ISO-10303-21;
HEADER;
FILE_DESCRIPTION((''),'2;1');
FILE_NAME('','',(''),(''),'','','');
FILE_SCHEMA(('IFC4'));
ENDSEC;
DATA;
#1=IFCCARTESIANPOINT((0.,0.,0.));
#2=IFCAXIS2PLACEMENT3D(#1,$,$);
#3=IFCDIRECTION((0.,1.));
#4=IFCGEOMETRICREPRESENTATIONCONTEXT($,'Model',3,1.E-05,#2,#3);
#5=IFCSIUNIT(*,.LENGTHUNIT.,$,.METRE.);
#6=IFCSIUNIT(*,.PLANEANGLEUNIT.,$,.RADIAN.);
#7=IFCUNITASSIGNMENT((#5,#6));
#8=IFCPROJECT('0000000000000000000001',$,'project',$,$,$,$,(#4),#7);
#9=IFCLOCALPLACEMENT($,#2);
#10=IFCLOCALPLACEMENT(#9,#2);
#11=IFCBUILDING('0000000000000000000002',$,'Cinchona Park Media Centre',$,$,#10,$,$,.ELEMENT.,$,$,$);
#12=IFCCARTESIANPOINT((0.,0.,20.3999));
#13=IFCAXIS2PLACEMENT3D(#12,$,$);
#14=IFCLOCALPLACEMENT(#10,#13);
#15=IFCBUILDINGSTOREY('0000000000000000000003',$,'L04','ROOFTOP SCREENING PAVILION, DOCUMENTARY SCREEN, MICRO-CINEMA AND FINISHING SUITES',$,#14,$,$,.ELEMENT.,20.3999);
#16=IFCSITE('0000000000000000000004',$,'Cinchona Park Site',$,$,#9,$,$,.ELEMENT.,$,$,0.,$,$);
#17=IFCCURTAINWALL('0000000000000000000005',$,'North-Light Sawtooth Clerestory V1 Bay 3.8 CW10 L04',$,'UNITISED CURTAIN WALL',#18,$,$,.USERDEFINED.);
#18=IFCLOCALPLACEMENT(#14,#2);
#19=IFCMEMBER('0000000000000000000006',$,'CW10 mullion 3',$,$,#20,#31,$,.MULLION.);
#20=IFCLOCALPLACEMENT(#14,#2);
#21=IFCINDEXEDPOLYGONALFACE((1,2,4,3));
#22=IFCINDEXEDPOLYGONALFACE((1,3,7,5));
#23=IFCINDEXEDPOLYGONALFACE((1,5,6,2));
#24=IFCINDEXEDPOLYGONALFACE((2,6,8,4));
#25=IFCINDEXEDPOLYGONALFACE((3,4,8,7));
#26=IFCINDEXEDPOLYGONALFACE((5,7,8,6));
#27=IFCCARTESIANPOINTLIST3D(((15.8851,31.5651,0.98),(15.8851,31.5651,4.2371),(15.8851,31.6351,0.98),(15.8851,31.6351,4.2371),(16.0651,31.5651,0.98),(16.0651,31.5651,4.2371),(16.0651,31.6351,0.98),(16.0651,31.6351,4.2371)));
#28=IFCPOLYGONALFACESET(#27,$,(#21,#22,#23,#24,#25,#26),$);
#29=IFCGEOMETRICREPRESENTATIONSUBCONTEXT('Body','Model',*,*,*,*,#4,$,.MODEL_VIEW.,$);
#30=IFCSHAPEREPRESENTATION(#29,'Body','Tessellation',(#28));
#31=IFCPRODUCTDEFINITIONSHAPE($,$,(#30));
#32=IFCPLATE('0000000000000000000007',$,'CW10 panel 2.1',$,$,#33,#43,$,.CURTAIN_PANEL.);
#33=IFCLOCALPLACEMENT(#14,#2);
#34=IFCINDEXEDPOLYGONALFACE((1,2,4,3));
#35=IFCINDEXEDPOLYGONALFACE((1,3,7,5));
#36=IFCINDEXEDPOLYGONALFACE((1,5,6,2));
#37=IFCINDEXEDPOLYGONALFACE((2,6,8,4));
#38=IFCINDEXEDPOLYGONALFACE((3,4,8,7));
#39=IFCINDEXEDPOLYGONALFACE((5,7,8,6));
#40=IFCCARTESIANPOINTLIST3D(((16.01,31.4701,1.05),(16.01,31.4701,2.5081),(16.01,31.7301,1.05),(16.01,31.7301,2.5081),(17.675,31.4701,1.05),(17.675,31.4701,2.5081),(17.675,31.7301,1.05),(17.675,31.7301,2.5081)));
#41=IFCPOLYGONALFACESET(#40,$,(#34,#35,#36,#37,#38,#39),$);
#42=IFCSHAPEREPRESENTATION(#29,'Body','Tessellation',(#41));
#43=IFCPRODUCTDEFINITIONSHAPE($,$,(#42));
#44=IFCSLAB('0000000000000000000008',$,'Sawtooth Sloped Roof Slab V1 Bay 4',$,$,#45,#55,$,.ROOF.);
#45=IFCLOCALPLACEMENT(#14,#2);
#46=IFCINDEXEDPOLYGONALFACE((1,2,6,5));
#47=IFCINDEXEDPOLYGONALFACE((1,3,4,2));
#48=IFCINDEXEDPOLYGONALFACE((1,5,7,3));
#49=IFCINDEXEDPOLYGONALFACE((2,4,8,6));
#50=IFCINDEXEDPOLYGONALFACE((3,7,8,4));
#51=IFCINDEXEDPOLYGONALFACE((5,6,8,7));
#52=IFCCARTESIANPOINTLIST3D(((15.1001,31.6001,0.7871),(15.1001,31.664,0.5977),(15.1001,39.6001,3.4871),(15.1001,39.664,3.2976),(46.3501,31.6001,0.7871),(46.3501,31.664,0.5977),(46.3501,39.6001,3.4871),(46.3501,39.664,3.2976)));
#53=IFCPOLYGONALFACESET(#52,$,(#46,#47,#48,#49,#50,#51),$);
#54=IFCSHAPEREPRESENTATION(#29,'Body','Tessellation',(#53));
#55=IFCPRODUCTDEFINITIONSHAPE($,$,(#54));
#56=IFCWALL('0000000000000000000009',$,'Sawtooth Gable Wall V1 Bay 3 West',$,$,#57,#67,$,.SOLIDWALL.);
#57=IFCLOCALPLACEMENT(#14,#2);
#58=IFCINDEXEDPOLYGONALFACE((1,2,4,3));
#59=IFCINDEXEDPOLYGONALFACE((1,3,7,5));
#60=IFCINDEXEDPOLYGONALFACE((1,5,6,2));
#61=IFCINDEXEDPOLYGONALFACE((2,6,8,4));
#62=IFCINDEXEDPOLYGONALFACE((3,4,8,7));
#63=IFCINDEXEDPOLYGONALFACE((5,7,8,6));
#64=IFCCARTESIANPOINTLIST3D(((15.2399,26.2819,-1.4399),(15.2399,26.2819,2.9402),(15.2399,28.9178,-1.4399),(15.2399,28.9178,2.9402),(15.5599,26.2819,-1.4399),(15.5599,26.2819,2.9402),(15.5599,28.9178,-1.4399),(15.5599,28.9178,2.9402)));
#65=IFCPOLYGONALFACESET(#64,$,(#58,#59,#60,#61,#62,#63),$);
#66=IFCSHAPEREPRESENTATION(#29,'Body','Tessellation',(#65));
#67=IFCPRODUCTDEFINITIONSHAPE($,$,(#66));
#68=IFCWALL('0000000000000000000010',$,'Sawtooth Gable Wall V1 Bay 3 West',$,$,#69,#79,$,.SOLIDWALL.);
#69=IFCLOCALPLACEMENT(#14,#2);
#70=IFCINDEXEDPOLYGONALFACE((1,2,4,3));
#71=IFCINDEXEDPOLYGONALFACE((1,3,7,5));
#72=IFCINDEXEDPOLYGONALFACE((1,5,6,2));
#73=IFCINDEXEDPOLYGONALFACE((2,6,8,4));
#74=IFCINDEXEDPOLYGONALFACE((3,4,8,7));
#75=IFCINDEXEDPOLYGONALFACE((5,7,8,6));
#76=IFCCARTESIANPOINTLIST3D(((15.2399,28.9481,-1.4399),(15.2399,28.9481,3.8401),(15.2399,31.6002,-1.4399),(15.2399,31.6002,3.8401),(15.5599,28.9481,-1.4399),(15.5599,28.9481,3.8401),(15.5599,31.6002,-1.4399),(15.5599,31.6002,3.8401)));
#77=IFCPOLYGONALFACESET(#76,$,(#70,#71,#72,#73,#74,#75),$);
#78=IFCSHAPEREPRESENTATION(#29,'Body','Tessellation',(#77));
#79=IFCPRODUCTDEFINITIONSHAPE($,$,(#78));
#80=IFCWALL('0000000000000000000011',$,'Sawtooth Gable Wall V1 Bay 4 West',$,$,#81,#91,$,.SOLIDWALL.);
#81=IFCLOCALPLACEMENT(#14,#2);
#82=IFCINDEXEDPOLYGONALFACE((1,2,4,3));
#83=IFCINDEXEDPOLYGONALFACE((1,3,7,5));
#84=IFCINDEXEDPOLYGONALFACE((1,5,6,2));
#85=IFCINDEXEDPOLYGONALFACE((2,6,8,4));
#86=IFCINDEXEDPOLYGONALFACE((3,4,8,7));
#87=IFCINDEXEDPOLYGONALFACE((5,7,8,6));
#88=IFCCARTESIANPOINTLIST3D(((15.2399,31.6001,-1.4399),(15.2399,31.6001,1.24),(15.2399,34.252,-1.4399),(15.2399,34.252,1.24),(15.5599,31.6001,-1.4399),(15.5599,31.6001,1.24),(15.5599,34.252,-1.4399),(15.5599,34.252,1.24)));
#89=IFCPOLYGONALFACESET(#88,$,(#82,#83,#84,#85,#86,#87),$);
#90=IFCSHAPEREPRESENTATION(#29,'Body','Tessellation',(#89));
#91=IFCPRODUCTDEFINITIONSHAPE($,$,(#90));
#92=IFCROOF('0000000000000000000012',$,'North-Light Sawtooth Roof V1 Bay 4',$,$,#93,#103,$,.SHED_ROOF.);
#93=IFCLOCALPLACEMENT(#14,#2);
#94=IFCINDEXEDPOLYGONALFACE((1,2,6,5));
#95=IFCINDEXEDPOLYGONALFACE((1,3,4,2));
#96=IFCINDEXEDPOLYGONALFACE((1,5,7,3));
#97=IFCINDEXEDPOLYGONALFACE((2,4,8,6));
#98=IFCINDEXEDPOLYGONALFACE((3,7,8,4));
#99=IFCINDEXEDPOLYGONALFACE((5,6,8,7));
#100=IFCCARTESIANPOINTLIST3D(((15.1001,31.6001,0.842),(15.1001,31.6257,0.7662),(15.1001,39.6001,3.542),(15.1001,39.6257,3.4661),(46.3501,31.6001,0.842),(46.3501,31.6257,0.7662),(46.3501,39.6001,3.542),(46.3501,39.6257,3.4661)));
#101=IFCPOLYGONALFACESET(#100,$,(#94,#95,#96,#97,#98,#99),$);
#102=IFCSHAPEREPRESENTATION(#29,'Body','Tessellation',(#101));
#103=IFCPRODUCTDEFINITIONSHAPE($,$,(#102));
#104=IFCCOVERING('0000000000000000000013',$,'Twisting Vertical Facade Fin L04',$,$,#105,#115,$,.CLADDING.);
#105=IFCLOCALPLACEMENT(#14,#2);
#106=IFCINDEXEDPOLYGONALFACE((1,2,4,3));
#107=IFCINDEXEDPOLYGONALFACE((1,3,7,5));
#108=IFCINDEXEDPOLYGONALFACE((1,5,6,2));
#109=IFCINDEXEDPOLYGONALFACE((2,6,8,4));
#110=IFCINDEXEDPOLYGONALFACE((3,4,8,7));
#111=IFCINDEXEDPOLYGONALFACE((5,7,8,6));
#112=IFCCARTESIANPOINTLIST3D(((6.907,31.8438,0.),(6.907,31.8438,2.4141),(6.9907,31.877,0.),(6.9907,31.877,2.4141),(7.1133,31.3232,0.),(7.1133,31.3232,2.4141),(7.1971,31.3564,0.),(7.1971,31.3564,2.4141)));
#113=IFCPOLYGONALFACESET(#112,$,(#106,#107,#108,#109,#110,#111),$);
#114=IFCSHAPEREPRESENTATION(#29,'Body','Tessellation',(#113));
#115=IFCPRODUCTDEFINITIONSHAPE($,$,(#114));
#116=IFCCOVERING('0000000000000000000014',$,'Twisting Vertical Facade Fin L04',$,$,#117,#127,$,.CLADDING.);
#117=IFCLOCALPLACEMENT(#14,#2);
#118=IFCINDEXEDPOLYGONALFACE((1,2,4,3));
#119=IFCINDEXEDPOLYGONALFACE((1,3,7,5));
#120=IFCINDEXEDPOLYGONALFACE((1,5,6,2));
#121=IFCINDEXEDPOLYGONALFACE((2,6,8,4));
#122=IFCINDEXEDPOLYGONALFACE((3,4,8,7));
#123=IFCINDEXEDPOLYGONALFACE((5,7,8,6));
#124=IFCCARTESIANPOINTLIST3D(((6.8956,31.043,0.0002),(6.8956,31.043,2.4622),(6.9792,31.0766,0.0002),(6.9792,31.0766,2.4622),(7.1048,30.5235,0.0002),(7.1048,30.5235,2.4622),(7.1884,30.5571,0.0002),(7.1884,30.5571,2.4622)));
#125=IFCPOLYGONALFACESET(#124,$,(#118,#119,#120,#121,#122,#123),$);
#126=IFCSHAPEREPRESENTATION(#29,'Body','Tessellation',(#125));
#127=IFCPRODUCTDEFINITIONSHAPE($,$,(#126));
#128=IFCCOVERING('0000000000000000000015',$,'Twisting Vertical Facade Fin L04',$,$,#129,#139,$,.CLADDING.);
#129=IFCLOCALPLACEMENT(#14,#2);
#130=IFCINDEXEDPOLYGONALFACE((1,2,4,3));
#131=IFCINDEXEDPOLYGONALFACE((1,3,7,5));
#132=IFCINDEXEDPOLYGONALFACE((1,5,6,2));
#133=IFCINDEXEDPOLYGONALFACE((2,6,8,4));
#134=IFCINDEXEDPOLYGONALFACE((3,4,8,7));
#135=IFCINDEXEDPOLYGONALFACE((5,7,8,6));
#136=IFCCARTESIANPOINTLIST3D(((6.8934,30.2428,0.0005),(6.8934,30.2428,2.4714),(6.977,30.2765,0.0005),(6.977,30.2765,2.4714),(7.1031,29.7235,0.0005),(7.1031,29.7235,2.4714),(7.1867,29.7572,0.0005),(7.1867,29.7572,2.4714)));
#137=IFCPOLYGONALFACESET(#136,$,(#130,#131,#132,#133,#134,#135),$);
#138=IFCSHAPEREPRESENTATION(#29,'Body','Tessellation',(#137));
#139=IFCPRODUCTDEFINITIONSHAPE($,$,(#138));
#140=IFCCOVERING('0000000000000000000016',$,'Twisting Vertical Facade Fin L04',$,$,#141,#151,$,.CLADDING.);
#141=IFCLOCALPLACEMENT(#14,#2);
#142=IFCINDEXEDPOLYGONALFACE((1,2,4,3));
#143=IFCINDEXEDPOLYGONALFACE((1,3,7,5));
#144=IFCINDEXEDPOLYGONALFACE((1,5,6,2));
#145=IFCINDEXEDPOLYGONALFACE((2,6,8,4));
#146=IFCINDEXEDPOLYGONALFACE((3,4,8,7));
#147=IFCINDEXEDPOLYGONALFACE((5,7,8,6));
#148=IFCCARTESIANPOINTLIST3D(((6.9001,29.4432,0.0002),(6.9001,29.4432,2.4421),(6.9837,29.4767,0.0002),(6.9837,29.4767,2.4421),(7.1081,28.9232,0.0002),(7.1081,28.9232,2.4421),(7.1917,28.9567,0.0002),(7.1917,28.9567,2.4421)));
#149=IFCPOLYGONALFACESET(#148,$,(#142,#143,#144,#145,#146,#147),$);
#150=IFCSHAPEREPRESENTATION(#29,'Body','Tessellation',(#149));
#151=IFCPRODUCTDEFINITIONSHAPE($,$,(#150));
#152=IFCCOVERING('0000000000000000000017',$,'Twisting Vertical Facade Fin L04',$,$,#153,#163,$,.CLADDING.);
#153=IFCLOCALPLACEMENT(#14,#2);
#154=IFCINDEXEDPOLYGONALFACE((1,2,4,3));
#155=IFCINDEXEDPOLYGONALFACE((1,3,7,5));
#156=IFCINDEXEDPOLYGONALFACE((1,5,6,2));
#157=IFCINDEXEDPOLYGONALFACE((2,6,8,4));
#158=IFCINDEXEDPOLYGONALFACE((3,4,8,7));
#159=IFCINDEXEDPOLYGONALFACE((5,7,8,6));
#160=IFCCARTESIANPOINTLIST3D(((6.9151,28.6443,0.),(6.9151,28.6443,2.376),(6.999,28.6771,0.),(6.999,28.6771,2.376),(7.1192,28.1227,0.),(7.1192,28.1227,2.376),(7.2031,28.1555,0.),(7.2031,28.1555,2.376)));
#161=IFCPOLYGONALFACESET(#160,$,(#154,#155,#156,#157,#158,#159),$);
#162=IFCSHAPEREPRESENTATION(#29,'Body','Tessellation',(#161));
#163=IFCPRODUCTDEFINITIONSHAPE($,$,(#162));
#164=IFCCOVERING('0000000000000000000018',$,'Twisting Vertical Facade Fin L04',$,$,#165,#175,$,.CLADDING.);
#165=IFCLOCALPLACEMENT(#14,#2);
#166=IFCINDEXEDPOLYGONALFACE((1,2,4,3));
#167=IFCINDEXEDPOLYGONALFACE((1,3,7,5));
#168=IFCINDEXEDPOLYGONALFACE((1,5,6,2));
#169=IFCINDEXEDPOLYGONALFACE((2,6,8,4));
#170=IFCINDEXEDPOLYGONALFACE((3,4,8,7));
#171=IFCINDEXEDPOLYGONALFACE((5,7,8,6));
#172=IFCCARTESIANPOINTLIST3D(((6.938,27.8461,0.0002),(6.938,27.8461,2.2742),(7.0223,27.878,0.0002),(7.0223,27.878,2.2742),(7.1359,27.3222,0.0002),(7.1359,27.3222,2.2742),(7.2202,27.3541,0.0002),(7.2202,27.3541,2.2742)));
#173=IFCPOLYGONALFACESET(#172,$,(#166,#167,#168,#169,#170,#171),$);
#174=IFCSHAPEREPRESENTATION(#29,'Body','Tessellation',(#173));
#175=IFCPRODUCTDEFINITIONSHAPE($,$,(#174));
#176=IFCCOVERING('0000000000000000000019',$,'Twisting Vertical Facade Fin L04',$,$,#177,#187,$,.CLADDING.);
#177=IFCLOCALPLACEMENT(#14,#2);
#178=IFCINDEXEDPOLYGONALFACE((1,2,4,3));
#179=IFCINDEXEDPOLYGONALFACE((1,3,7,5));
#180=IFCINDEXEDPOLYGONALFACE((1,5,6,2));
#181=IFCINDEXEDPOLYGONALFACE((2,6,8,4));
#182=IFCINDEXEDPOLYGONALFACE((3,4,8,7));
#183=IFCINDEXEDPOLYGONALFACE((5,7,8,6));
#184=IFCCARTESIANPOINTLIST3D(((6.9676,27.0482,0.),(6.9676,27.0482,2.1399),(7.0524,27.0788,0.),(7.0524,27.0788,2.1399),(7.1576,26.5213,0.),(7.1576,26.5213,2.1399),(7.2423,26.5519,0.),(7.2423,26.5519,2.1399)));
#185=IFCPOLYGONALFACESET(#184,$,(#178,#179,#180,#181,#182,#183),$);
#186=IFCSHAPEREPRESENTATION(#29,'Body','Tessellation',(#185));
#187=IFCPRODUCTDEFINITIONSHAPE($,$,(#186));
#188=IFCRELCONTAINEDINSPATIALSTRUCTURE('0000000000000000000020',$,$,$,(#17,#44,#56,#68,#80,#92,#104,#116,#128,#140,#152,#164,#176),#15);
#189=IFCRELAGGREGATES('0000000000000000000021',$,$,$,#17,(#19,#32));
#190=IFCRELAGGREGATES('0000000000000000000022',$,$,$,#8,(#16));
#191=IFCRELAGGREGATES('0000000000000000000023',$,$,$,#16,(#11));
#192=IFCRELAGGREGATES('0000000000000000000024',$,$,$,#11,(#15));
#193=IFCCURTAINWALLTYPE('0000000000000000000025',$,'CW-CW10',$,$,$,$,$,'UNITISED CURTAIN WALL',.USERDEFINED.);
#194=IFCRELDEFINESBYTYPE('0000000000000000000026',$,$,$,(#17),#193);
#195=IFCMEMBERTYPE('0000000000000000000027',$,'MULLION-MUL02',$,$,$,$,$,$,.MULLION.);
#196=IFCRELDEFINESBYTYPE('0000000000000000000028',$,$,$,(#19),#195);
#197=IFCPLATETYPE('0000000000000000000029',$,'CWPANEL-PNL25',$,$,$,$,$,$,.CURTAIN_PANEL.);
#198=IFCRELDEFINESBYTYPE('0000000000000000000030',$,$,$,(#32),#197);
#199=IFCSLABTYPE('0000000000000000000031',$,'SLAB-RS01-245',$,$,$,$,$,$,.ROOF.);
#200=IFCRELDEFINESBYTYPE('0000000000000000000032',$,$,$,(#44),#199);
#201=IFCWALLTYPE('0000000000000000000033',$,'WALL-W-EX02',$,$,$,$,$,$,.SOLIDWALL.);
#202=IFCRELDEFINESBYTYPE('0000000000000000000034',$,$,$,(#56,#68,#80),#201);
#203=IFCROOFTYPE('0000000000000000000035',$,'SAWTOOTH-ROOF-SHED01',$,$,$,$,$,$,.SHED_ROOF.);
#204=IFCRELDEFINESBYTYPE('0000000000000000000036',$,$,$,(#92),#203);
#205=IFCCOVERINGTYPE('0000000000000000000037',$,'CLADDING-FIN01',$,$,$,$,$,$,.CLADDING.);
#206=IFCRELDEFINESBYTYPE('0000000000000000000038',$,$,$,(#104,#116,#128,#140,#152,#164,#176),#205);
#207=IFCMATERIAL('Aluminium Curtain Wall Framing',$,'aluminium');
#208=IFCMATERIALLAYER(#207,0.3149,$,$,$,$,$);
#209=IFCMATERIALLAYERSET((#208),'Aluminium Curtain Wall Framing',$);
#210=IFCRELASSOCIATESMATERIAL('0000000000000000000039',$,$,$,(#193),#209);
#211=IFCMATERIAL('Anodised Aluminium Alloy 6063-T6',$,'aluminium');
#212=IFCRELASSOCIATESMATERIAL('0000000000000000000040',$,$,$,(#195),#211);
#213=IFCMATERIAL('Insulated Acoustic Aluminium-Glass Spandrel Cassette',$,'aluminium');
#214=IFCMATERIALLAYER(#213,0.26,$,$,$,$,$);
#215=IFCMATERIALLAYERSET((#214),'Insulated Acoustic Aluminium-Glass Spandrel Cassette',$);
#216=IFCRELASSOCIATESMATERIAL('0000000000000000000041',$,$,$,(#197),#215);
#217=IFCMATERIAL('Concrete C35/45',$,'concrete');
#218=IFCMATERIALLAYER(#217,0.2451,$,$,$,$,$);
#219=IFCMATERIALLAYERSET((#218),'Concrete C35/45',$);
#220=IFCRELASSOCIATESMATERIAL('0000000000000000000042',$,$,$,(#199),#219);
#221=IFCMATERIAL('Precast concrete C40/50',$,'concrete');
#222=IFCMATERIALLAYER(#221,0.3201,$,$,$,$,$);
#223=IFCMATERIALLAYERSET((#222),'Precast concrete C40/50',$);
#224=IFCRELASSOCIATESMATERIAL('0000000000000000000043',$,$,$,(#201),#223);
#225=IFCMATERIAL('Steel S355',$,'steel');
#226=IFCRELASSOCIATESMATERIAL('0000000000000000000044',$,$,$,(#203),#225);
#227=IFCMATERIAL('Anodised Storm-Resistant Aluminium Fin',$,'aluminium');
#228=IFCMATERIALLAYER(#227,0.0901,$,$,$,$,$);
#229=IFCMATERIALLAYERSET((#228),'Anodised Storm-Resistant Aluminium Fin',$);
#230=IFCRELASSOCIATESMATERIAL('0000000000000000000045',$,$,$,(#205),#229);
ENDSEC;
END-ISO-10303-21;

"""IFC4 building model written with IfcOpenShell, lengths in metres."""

from ifc_helpers import new_model, si_unit, direction, frame, frame_2d, origin, origin_2d, place, context, subcontext, project, spatial, polyline, rectangle, outline, extrude, material, layer, layer_set, material_profile, profile_set, type_object, element, aggregate, save


model = new_model("IFC4")

# Units and contexts
model_context = context("Model", 3, precision=1e-05, world=origin(), true_north=direction((0.0, 1.0)))
body_context = subcontext(model_context, "Body", "Model", "MODEL_VIEW")
ifc_project = project(units=[si_unit("LENGTHUNIT", "METRE"), si_unit("PLANEANGLEUNIT", "RADIAN")], contexts=[model_context])

# Site, building, storey
site_placement = place(None, origin())
site = spatial("IfcSite", under=ifc_project, at=site_placement, Name="Cinchona Park Site", CompositionType="ELEMENT", RefElevation=0.0)
building_placement = place(site_placement, origin())
building = spatial("IfcBuilding", under=site, at=building_placement, Name="Cinchona Park Media Centre", CompositionType="ELEMENT")
storey_placement = place(building_placement, frame((0.0, 0.0, 20.3999)))
storey = spatial("IfcBuildingStorey", under=building, at=storey_placement, Name="L04", Description="ROOFTOP SCREENING PAVILION, DOCUMENTARY SCREEN, MICRO-CINEMA AND FINISHING SUITES", CompositionType="ELEMENT", Elevation=20.3999)

# Curtain wall, member, plate
ifc_material_1 = material(Name="Aluminium Curtain Wall Framing", Category="aluminium")
ifc_layer_1 = layer(ifc_material_1, 0.3149)
ifc_layer_set_1 = layer_set([ifc_layer_1], Name="Aluminium Curtain Wall Framing")
curtain_wall_type = type_object("IfcCurtainWallType", Name="CW-CW10", ElementType="UNITISED CURTAIN WALL", PredefinedType="USERDEFINED", material=ifc_layer_set_1)
curtain_wall_placement = place(storey_placement, origin())
curtain_wall = element("IfcCurtainWall", 1, at=curtain_wall_placement, inside=storey, type_object=curtain_wall_type, Name="North-Light Sawtooth Clerestory V1 Bay 3.8 CW10 L04", ObjectType="UNITISED CURTAIN WALL", PredefinedType="USERDEFINED")
ifc_material_2 = material(Name="Anodised Aluminium Alloy 6063-T6", Category="aluminium")
ifc_material_profile = material_profile(ifc_material_2, rectangle(XDim=0.0701, YDim=0.1799, at=origin_2d()), Name="MUL-70X180")
ifc_profile_set = profile_set([ifc_material_profile], Name="Anodised Aluminium Alloy 6063-T6")
member_type = type_object("IfcMemberType", Name="MULLION-MUL02", PredefinedType="MULLION", material=ifc_profile_set)
member_placement = place(storey_placement, frame((15.9751, 31.6001, 0.98), z_axis=(0.0, 0.0, 1.0), x_axis=(0.0, -1.0, 0.0)))
member = element("IfcMember", 2, at=member_placement, type_object=member_type, Name="CW10 mullion 3", PredefinedType="MULLION", context=body_context, shape_type="SweptSolid", body=[
    extrude(rectangle(XDim=0.0701, YDim=0.1799, at=origin_2d()), origin(), (0.0, 0.0, 1.0), 3.2571),
])
ifc_material_3 = material(Name="Insulated Acoustic Aluminium-Glass Spandrel Cassette", Category="aluminium")
ifc_layer_2 = layer(ifc_material_3, 0.26)
ifc_layer_set_2 = layer_set([ifc_layer_2], Name="Insulated Acoustic Aluminium-Glass Spandrel Cassette")
plate_type = type_object("IfcPlateType", Name="CWPANEL-PNL25", PredefinedType="CURTAIN_PANEL", material=ifc_layer_set_2)
plate_placement = place(storey_placement, frame((16.8425, 31.6001, 1.05), z_axis=(0.0, 0.0, 1.0), x_axis=(-1.0, 0.0, 0.0)))
plate = element("IfcPlate", 3, at=plate_placement, type_object=plate_type, Name="CW10 panel 2.1", PredefinedType="CURTAIN_PANEL", context=body_context, shape_type="SweptSolid", body=[
    extrude(rectangle(XDim=1.665, YDim=0.26, at=origin_2d()), origin(), (0.0, 0.0, 1.0), 1.458),
])
aggregate(curtain_wall, [member, plate])

# Slab
ifc_material_4 = material(Name="Concrete C35/45", Category="concrete")
ifc_layer_3 = layer(ifc_material_4, 0.2451)
ifc_layer_set_3 = layer_set([ifc_layer_3], Name="Concrete C35/45")
slab_type = type_object("IfcSlabType", Name="SLAB-RS01-245", PredefinedType="ROOF", material=ifc_layer_set_3)
slab_placement = place(storey_placement, frame((15.1001, 31.6001, 0.7871), z_axis=(0.0, -0.319773, 0.947494), x_axis=(1.0, 0.0, 0.0)))
element("IfcSlab", 4, at=slab_placement, inside=storey, type_object=slab_type, Name="Sawtooth Sloped Roof Slab V1 Bay 4", PredefinedType="ROOF", context=body_context, shape_type="SweptSolid", body=[
    extrude(outline(polyline([(0.0, 0.0), (31.25, 0.0), (31.25, 8.4433), (0.0, 8.4433), (0.0, 0.0)])), origin(), (0.0, 0.0, -1.0), 0.2),
])

# Walls
ifc_material_5 = material(Name="Precast concrete C40/50", Category="concrete")
ifc_layer_4 = layer(ifc_material_5, 0.3201)
ifc_layer_set_4 = layer_set([ifc_layer_4], Name="Precast concrete C40/50")
wall_type = type_object("IfcWallType", Name="WALL-W-EX02", PredefinedType="SOLIDWALL", material=ifc_layer_set_4)
wall_1_placement = place(storey_placement, frame((15.3999, 26.282, -1.4399), z_axis=(0.0, 0.0, 1.0), x_axis=(0.0, 1.0, 0.0)))
element("IfcWall", 5, at=wall_1_placement, inside=storey, type_object=wall_type, Name="Sawtooth Gable Wall V1 Bay 3 West", PredefinedType="SOLIDWALL", context=body_context, shape_type="SweptSolid", body=[
    extrude(rectangle(XDim=2.636, YDim=0.3201, at=frame_2d((1.3179, 0.0))), origin(), (0.0, 0.0, 1.0), 4.3801),
])
wall_2_placement = place(storey_placement, frame((15.3999, 28.948, -1.4399), z_axis=(0.0, 0.0, 1.0), x_axis=(0.0, 1.0, 0.0)))
element("IfcWall", 6, at=wall_2_placement, inside=storey, type_object=wall_type, Name="Sawtooth Gable Wall V1 Bay 3 West", PredefinedType="SOLIDWALL", context=body_context, shape_type="SweptSolid", body=[
    extrude(rectangle(XDim=2.6521, YDim=0.3201, at=frame_2d((1.3262, 0.0))), origin(), (0.0, 0.0, 1.0), 5.28),
])
wall_3_placement = place(storey_placement, frame((15.3999, 31.6001, -1.4399), z_axis=(0.0, 0.0, 1.0), x_axis=(0.0, 1.0, 0.0)))
element("IfcWall", 7, at=wall_3_placement, inside=storey, type_object=wall_type, Name="Sawtooth Gable Wall V1 Bay 4 West", PredefinedType="SOLIDWALL", context=body_context, shape_type="SweptSolid", body=[
    extrude(rectangle(XDim=2.6519, YDim=0.3201, at=frame_2d((1.3259, 0.0))), origin(), (0.0, 0.0, 1.0), 2.6799),
])

# Roof
ifc_material_6 = material(Name="Steel S355", Category="steel")
roof_type = type_object("IfcRoofType", Name="SAWTOOTH-ROOF-SHED01", PredefinedType="SHED_ROOF", material=ifc_material_6)
roof_placement = place(storey_placement, frame((15.1001, 31.6001, 0.842), z_axis=(0.0, -0.319773, 0.947494), x_axis=(1.0, 0.0, 0.0)))
element("IfcRoof", 8, at=roof_placement, inside=storey, type_object=roof_type, Name="North-Light Sawtooth Roof V1 Bay 4", PredefinedType="SHED_ROOF", context=body_context, shape_type="SweptSolid", body=[
    extrude(outline(polyline([(0.0, 0.0), (31.25, 0.0), (31.25, 8.4433), (0.0, 8.4433), (0.0, 0.0)])), origin(), (0.0, 0.0, -1.0), 0.0801),
])

# Coverings
ifc_material_7 = material(Name="Anodised Storm-Resistant Aluminium Fin", Category="aluminium")
ifc_layer_5 = layer(ifc_material_7, 0.0901)
ifc_layer_set_5 = layer_set([ifc_layer_5], Name="Anodised Storm-Resistant Aluminium Fin")
covering_type_1 = type_object("IfcCoveringType", Name="CLADDING-FIN01", PredefinedType="CLADDING", material=ifc_layer_set_5)
covering_1_placement = place(storey_placement, frame((7.052, 31.6001, 0.0), z_axis=(0.0, 0.0, 1.0), x_axis=(0.368449, -0.929648, 0.0)))
element("IfcCovering", 9, at=covering_1_placement, inside=storey, type_object=covering_type_1, Name="Twisting Vertical Facade Fin L04", PredefinedType="CLADDING", context=body_context, shape_type="SweptSolid", body=[
    extrude(rectangle(XDim=0.5601, YDim=0.0901, at=origin_2d()), origin(), (0.0, 0.0, 1.0), 2.4141),
])
covering_2_placement = place(storey_placement, frame((7.042, 30.8, 0.0002), z_axis=(0.0, 0.0, 1.0), x_axis=(0.373474, -0.927641, 0.0)))
element("IfcCovering", 10, at=covering_2_placement, inside=storey, type_object=covering_type_1, Name="Twisting Vertical Facade Fin L04", PredefinedType="CLADDING", context=body_context, shape_type="SweptSolid", body=[
    extrude(rectangle(XDim=0.5601, YDim=0.0901, at=origin_2d()), origin(), (0.0, 0.0, 1.0), 2.4619),
])
covering_3_placement = place(storey_placement, frame((7.04, 30.0, 0.0005), z_axis=(0.0, 0.0, 1.0), x_axis=(0.374445, -0.927249, 0.0)))
element("IfcCovering", 11, at=covering_3_placement, inside=storey, type_object=covering_type_1, Name="Twisting Vertical Facade Fin L04", PredefinedType="CLADDING", context=body_context, shape_type="SweptSolid", body=[
    extrude(rectangle(XDim=0.5601, YDim=0.0901, at=origin_2d()), origin(), (0.0, 0.0, 1.0), 2.4709),
])
covering_4_placement = place(storey_placement, frame((7.0459, 29.2, 0.0002), z_axis=(0.0, 0.0, 1.0), x_axis=(0.371368, -0.928486, 0.0)))
element("IfcCovering", 12, at=covering_4_placement, inside=storey, type_object=covering_type_1, Name="Twisting Vertical Facade Fin L04", PredefinedType="CLADDING", context=body_context, shape_type="SweptSolid", body=[
    extrude(rectangle(XDim=0.5601, YDim=0.0901, at=origin_2d()), origin(), (0.0, 0.0, 1.0), 2.4419),
])
covering_5_placement = place(storey_placement, frame((7.0591, 28.3999, 0.0), z_axis=(0.0, 0.0, 1.0), x_axis=(0.364389, -0.931247, 0.0)))
element("IfcCovering", 13, at=covering_5_placement, inside=storey, type_object=covering_type_1, Name="Twisting Vertical Facade Fin L04", PredefinedType="CLADDING", context=body_context, shape_type="SweptSolid", body=[
    extrude(rectangle(XDim=0.5601, YDim=0.0901, at=origin_2d()), origin(), (0.0, 0.0, 1.0), 2.376),
])
covering_6_placement = place(storey_placement, frame((7.0791, 27.6001, 0.0002), z_axis=(0.0, 0.0, 1.0), x_axis=(0.353475, -0.935444, 0.0)))
element("IfcCovering", 14, at=covering_6_placement, inside=storey, type_object=covering_type_1, Name="Twisting Vertical Facade Fin L04", PredefinedType="CLADDING", context=body_context, shape_type="SweptSolid", body=[
    extrude(rectangle(XDim=0.5601, YDim=0.0901, at=origin_2d()), origin(), (0.0, 0.0, 1.0), 2.2739),
])
covering_7_placement = place(storey_placement, frame((7.105, 26.8, 0.0), z_axis=(0.0, 0.0, 1.0), x_axis=(0.339231, -0.940703, 0.0)))
element("IfcCovering", 15, at=covering_7_placement, inside=storey, type_object=covering_type_1, Name="Twisting Vertical Facade Fin L04", PredefinedType="CLADDING", context=body_context, shape_type="SweptSolid", body=[
    extrude(rectangle(XDim=0.5601, YDim=0.0901, at=origin_2d()), origin(), (0.0, 0.0, 1.0), 2.1399),
])

save(model, "model.ifc")
